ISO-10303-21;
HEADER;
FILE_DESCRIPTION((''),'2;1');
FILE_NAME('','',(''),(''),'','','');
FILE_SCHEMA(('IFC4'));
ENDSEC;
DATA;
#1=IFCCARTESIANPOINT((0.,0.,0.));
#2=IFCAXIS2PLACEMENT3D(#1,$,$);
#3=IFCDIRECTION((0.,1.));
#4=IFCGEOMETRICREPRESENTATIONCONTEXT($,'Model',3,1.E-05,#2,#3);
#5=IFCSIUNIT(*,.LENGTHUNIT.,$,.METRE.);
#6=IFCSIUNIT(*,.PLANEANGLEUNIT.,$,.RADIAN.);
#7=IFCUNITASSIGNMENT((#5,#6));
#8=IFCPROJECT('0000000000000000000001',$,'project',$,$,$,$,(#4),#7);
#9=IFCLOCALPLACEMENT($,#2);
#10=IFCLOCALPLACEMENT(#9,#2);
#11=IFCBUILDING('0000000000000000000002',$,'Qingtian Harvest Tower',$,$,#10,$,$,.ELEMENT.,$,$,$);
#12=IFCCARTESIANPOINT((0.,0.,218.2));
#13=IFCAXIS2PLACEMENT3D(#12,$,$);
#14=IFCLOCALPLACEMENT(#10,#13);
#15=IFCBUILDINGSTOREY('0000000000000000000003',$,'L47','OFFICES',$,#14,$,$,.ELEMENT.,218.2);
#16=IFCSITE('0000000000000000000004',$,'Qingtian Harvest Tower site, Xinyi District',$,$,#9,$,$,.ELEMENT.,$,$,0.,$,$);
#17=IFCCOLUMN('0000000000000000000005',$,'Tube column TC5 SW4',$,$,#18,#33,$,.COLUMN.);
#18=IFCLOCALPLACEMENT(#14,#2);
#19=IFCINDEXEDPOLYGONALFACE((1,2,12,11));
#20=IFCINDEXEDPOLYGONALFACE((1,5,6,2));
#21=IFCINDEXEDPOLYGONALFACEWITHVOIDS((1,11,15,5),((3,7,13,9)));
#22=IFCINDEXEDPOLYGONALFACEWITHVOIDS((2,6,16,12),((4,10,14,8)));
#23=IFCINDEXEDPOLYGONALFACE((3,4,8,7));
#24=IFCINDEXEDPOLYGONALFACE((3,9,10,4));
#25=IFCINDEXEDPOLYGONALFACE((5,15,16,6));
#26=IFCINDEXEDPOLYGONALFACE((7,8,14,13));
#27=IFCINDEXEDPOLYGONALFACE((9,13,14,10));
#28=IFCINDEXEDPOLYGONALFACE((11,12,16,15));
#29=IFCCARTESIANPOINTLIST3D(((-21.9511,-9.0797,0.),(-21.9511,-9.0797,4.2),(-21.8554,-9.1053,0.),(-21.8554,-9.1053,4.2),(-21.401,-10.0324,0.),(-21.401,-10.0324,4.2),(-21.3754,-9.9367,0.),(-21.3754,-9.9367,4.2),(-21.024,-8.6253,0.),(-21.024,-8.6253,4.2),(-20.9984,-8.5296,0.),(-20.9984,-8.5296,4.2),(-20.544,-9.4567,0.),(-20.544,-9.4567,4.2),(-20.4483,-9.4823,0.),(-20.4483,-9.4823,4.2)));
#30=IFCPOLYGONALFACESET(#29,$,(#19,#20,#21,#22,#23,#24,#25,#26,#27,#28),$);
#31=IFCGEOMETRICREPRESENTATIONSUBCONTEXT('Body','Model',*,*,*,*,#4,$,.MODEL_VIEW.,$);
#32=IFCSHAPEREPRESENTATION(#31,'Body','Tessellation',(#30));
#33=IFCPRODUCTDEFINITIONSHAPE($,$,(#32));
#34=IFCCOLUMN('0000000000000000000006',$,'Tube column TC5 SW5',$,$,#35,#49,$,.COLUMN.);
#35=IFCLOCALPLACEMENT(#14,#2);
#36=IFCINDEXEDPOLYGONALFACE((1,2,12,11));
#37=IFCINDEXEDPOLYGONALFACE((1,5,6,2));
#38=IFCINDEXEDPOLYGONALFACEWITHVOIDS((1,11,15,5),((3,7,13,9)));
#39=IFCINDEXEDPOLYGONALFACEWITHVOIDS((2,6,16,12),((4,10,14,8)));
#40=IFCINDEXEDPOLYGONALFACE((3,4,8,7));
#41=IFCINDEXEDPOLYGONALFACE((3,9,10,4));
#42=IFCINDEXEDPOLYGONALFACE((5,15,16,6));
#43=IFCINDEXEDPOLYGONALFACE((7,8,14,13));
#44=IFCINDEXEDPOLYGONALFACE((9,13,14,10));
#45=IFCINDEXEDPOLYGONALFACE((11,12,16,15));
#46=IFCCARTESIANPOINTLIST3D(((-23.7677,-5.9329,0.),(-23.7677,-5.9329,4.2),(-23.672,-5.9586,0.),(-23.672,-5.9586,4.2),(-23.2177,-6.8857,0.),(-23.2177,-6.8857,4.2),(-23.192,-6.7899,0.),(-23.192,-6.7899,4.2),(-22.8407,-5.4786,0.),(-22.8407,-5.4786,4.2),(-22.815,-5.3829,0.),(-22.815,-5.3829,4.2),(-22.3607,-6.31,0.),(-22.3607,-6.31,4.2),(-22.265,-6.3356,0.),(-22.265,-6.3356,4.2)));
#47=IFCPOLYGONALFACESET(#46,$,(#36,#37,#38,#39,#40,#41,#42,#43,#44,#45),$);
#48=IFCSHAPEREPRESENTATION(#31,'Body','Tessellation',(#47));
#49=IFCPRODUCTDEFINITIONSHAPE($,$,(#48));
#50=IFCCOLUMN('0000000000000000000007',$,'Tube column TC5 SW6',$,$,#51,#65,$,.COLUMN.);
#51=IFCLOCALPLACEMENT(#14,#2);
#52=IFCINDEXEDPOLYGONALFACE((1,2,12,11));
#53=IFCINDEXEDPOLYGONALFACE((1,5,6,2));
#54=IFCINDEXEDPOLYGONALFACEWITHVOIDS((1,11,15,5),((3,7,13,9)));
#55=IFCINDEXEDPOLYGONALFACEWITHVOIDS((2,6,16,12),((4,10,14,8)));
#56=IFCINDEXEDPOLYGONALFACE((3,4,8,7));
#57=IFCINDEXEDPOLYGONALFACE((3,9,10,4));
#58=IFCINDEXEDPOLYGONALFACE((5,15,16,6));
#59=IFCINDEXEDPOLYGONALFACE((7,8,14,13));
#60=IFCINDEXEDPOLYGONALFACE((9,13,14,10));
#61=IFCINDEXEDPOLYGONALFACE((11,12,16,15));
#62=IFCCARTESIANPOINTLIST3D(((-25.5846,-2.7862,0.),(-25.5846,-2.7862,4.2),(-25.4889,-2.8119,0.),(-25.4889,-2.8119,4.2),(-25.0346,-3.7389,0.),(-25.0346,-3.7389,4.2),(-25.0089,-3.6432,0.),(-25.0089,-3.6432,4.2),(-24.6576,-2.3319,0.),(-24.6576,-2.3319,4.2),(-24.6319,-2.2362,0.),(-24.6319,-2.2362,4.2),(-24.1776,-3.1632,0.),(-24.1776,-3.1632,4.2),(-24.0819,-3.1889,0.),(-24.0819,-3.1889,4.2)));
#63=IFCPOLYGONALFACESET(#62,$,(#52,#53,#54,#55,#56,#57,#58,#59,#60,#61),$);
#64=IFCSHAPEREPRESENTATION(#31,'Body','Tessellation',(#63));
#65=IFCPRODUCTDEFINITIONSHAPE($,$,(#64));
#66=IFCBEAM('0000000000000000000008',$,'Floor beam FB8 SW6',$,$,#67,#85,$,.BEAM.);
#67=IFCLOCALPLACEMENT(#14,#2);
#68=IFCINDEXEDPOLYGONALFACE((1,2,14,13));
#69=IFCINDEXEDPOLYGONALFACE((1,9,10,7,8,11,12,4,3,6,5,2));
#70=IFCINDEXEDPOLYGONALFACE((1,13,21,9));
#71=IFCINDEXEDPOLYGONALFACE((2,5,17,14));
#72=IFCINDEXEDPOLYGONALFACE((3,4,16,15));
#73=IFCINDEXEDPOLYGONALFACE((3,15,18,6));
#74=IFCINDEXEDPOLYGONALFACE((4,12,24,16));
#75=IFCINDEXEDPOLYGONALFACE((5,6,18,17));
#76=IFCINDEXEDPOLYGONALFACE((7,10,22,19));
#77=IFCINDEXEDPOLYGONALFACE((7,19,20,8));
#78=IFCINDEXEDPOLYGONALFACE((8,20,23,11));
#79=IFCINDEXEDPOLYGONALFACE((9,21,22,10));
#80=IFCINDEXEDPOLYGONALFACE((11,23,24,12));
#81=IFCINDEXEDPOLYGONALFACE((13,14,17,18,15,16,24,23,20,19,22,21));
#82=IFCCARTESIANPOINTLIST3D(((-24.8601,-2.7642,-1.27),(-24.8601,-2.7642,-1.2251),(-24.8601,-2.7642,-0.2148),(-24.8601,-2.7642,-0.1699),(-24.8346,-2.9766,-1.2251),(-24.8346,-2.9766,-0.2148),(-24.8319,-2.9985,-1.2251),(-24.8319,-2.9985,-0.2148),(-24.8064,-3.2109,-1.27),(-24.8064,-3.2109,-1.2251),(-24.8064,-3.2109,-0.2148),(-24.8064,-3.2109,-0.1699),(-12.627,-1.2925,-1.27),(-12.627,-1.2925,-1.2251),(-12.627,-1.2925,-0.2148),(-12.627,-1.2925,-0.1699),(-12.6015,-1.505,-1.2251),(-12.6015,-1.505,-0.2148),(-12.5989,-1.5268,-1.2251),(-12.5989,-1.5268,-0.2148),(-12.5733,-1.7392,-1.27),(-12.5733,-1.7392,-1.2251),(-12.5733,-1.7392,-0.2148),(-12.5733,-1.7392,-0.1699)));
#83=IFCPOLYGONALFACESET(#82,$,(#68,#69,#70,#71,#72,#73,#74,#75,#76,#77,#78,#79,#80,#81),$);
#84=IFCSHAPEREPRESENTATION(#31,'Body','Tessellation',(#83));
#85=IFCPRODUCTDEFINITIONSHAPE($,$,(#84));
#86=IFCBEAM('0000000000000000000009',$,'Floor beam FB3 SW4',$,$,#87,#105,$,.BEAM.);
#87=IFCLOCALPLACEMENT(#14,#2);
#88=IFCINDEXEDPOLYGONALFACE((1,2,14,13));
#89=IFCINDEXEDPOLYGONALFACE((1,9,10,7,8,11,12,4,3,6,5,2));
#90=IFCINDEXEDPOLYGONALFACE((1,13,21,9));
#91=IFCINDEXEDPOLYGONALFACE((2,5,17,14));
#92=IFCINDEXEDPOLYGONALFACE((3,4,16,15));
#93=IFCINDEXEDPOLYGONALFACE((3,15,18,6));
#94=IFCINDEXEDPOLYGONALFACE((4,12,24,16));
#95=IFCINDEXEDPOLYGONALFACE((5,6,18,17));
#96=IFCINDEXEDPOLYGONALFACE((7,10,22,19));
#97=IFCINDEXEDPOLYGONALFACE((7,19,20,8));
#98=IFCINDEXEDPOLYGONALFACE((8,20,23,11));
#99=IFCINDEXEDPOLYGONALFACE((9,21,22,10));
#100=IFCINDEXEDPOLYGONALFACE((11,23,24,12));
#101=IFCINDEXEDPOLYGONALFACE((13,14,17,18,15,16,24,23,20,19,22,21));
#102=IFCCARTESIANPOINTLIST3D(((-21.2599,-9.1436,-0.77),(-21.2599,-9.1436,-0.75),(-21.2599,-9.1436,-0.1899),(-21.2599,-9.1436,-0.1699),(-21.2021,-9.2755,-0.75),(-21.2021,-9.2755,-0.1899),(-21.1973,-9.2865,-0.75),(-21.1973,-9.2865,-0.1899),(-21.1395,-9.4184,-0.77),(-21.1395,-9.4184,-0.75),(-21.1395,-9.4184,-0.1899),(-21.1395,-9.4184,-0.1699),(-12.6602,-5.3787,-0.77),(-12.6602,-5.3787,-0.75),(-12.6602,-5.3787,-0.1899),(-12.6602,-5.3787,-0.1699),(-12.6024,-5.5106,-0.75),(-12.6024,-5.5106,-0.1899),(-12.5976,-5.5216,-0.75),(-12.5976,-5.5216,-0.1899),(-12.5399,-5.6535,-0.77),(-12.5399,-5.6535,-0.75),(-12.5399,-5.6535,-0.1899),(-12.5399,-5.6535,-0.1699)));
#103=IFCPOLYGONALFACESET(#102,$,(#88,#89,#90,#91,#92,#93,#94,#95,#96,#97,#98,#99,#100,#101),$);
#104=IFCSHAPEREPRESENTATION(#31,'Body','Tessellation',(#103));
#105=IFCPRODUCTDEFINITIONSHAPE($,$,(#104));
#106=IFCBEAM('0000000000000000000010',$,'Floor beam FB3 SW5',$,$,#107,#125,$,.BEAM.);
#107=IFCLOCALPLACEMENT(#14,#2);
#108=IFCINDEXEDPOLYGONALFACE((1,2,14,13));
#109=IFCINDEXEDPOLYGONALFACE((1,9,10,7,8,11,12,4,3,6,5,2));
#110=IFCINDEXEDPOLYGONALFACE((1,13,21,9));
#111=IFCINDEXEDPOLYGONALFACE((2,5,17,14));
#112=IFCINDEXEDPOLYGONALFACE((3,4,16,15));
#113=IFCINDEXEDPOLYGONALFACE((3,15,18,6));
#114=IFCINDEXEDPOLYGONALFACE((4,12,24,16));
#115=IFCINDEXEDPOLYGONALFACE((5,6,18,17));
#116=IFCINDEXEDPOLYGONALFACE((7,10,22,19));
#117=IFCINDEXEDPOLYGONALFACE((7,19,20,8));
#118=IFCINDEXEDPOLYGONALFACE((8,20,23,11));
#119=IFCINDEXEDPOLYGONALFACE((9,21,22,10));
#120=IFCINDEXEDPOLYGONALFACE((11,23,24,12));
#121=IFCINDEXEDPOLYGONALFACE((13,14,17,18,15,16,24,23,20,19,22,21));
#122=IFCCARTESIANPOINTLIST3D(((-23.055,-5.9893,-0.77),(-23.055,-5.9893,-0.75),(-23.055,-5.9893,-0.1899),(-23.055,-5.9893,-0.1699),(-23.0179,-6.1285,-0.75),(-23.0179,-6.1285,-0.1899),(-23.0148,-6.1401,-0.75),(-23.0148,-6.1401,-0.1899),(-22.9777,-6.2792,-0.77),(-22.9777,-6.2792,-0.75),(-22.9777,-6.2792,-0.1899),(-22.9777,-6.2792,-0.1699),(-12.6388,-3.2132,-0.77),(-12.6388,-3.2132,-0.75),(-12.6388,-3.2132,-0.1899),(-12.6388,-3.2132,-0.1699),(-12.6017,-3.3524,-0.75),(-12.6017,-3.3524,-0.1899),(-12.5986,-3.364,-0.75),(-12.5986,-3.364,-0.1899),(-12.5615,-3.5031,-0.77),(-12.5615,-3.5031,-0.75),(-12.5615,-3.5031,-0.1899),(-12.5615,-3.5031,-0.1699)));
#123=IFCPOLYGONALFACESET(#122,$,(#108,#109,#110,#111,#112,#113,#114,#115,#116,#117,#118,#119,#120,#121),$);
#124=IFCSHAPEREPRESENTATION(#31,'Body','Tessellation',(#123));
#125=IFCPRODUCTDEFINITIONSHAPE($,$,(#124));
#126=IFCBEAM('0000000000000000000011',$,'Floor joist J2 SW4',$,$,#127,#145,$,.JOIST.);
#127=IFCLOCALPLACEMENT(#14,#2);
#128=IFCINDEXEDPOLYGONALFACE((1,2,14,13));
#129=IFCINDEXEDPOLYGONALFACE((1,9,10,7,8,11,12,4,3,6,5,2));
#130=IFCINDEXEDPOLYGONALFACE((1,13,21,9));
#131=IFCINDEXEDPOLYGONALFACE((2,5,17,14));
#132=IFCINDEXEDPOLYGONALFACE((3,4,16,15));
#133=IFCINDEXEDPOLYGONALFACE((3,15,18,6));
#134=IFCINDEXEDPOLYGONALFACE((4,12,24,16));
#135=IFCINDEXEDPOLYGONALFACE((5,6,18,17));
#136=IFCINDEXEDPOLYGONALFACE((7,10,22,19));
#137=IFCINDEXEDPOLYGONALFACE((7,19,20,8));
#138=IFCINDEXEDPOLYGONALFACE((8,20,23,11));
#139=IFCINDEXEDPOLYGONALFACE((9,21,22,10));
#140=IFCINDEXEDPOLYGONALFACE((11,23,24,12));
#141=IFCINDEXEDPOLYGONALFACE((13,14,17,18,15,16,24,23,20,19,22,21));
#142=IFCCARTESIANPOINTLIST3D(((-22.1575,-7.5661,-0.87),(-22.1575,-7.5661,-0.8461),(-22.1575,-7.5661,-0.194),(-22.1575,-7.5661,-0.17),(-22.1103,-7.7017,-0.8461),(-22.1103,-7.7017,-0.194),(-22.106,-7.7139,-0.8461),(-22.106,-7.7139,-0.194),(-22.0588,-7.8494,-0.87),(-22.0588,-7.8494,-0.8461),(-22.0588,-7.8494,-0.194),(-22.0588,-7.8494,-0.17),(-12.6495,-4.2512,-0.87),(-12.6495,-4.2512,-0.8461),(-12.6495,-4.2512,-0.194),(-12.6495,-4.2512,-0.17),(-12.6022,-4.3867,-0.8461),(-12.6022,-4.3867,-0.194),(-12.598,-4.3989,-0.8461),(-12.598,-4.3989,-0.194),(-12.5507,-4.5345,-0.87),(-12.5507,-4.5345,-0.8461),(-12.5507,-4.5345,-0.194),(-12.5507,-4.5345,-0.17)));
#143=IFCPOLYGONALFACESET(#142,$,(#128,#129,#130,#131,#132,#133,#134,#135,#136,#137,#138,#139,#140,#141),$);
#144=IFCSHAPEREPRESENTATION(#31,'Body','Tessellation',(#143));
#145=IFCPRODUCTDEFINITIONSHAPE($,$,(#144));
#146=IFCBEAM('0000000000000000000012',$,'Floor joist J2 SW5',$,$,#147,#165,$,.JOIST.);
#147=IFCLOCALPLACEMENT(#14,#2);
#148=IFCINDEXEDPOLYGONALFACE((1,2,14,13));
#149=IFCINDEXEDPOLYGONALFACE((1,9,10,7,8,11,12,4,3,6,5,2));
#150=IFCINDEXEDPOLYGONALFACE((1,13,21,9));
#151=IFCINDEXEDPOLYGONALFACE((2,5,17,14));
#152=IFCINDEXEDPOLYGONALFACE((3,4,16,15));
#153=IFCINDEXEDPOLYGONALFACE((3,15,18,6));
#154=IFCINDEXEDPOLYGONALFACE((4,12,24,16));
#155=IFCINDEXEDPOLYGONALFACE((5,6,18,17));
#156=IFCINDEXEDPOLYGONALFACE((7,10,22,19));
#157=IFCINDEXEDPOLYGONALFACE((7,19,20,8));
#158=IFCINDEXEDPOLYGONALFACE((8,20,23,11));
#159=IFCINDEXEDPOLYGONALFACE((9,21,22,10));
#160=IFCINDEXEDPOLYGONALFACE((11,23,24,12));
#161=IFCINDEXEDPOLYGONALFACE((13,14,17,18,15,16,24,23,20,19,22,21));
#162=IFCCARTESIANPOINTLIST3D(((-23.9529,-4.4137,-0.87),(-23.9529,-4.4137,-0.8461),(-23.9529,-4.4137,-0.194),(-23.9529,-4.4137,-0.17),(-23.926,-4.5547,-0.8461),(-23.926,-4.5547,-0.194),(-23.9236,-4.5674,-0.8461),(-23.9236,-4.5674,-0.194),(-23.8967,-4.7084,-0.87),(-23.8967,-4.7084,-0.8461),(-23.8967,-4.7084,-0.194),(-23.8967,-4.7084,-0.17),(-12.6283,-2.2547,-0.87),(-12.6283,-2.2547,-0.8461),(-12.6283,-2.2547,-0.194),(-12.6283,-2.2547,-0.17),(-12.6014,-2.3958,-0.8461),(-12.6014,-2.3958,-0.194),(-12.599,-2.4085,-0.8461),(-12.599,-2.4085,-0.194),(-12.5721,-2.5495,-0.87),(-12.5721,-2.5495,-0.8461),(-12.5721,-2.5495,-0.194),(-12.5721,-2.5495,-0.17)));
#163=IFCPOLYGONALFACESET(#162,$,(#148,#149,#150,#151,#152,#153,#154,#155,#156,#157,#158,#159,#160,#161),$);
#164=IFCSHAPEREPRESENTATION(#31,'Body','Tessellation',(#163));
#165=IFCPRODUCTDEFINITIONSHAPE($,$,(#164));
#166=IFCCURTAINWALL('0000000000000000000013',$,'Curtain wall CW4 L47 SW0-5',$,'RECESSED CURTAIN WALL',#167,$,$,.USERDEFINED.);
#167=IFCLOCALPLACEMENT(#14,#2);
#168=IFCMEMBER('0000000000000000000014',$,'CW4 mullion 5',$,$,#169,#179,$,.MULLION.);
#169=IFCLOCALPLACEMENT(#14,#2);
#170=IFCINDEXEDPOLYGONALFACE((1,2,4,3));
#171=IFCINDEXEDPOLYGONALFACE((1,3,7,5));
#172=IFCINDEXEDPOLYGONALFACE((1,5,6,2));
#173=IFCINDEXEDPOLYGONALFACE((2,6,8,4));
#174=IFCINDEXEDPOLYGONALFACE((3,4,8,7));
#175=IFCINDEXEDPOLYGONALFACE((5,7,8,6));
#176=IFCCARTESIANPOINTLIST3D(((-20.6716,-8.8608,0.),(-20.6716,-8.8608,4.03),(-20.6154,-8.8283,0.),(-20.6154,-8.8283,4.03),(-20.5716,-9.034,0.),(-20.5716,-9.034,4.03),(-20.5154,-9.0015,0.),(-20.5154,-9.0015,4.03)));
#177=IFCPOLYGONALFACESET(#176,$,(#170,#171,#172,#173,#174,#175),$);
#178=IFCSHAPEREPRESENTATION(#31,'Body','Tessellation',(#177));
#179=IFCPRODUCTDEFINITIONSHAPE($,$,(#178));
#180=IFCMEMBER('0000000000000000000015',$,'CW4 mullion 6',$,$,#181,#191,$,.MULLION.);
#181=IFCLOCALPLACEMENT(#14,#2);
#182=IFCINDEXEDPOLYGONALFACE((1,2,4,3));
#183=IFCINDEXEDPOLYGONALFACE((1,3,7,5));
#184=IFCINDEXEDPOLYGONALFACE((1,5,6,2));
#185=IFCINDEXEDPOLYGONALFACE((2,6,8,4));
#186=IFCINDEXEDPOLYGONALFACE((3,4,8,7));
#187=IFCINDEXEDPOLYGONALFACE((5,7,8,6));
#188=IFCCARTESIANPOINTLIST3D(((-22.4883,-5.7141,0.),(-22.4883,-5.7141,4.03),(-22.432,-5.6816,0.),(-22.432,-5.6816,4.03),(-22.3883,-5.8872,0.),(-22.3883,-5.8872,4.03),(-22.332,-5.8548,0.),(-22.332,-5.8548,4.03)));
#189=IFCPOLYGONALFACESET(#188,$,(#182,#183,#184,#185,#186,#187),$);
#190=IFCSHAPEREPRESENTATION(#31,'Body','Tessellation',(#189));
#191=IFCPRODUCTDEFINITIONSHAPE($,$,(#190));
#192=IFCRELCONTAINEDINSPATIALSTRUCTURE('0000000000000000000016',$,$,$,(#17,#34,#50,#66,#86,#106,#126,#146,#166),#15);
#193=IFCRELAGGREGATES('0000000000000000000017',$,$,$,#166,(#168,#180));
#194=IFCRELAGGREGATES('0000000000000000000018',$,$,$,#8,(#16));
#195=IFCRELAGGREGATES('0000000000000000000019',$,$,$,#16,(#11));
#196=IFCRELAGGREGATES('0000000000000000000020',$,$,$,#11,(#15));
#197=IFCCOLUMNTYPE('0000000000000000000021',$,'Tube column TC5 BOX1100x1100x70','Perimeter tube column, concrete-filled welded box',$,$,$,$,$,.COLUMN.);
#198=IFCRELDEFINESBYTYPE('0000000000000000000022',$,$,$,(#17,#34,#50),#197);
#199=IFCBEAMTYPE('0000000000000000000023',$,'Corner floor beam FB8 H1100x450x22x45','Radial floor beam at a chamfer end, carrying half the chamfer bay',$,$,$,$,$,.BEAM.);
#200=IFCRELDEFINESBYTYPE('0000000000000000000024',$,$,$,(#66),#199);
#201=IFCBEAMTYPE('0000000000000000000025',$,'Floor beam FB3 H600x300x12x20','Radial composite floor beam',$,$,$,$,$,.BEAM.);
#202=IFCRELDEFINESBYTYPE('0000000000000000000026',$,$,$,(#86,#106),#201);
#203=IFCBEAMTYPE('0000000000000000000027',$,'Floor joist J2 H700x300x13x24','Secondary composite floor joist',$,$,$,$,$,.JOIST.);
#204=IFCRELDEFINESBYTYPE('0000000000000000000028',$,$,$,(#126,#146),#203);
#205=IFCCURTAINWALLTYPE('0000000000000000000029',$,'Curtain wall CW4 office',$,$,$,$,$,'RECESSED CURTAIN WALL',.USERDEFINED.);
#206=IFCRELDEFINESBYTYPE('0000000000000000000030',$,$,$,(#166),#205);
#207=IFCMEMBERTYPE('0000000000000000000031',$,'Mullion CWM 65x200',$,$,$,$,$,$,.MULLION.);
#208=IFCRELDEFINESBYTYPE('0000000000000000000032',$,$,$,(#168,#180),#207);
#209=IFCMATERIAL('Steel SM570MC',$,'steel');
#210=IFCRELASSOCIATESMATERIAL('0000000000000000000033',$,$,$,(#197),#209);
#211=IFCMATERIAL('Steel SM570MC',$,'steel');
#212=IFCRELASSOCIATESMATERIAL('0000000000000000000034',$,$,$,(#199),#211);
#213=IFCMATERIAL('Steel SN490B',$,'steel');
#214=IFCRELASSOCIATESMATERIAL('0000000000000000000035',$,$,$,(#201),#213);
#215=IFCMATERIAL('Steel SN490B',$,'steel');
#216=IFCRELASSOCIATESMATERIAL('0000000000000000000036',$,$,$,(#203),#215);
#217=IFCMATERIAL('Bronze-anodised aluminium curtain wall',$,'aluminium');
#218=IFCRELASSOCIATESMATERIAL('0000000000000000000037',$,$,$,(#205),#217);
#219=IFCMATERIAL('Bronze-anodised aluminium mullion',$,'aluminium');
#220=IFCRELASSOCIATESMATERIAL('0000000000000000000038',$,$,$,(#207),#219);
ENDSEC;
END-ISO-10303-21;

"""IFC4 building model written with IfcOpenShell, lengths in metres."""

from ifc_helpers import new_model, si_unit, direction, frame, origin, origin_2d, place, context, subcontext, project, spatial, rectangle, hollow_rectangle, i_section, extrude, material, material_profile, profile_set, type_object, element, aggregate, save


model = new_model("IFC4")

# Units and contexts
model_context = context("Model", 3, precision=1e-05, world=origin(), true_north=direction((0.0, 1.0)))
body_context = subcontext(model_context, "Body", "Model", "MODEL_VIEW")
ifc_project = project(units=[si_unit("LENGTHUNIT", "METRE"), si_unit("PLANEANGLEUNIT", "RADIAN")], contexts=[model_context])

# Site, building, storey
site_placement = place(None, origin())
site = spatial("IfcSite", under=ifc_project, at=site_placement, Name="Qingtian Harvest Tower site, Xinyi District", CompositionType="ELEMENT", RefElevation=0.0)
building_placement = place(site_placement, origin())
building = spatial("IfcBuilding", under=site, at=building_placement, Name="Qingtian Harvest Tower", CompositionType="ELEMENT")
storey_placement = place(building_placement, frame((0.0, 0.0, 218.2)))
storey = spatial("IfcBuildingStorey", under=building, at=storey_placement, Name="L47", Description="OFFICES", CompositionType="ELEMENT", Elevation=218.2)

# Columns
ifc_material_1 = material(Name="Steel SM570MC", Category="steel")
ifc_material_profile_1 = material_profile(ifc_material_1, hollow_rectangle(XDim=1.1001, YDim=1.1001, WallThickness=0.0701, at=origin_2d()), Name="BOX1100x1100x70")
ifc_profile_set_1 = profile_set([ifc_material_profile_1], Name="Steel SM570MC")
column_type = type_object("IfcColumnType", Name="Tube column TC5 BOX1100x1100x70", Description="Perimeter tube column, concrete-filled welded box", PredefinedType="COLUMN", material=ifc_profile_set_1)
for number, where, z_axis, x_axis, name in (
    (1, (-21.1997, -9.281, 0.0), (0.0, 0.0, 1.0), (0.5, -0.866025, 0.0), "Tube column TC5 SW4"),
    (2, (-23.0164, -6.1343, 0.0), (0.0, 0.0, 1.0), (0.5, -0.866025, 0.0), "Tube column TC5 SW5"),
    (3, (-24.8333, -2.9875, 0.0), (0.0, 0.0, 1.0), (0.5, -0.866025, 0.0), "Tube column TC5 SW6"),
):
    element("IfcColumn", number, at=place(storey_placement, frame(where, z_axis=z_axis, x_axis=x_axis)), inside=storey, type_object=column_type, Name=name, PredefinedType="COLUMN", context=body_context, shape_type="SweptSolid", body=[
        extrude(hollow_rectangle(XDim=1.1001, YDim=1.1001, WallThickness=0.0701, at=origin_2d()), origin(), (0.0, 0.0, 1.0), 4.2),
    ])

# Beams
ifc_material_2 = material(Name="Steel SM570MC", Category="steel")
ifc_material_profile_2 = material_profile(ifc_material_2, i_section(OverallWidth=0.45, OverallDepth=1.1001, WebThickness=0.022, FlangeThickness=0.0449, at=origin_2d()), Name="H1100x450x22x45")
ifc_profile_set_2 = profile_set([ifc_material_profile_2], Name="Steel SM570MC")
beam_type_1 = type_object("IfcBeamType", Name="Corner floor beam FB8 H1100x450x22x45", Description="Radial floor beam at a chamfer end, carrying half the chamfer bay", PredefinedType="BEAM", material=ifc_profile_set_2)
beam_1_placement = place(storey_placement, frame((-24.8333, -2.9875, -0.72), z_axis=(0.992841, 0.119441, 0.0), x_axis=(-0.119441, 0.992841, 0.0)))
element("IfcBeam", 4, at=beam_1_placement, inside=storey, type_object=beam_type_1, Name="Floor beam FB8 SW6", PredefinedType="BEAM", context=body_context, shape_type="SweptSolid", body=[
    extrude(i_section(OverallWidth=0.45, OverallDepth=1.1001, WebThickness=0.022, FlangeThickness=0.0449, at=origin_2d()), origin(), (0.0, 0.0, 1.0), 12.3213),
])
ifc_material_3 = material(Name="Steel SN490B", Category="steel")
ifc_material_profile_3 = material_profile(ifc_material_3, i_section(OverallWidth=0.3, OverallDepth=0.6001, WebThickness=0.012, FlangeThickness=0.02, at=origin_2d()), Name="H600x300x12x20")
ifc_profile_set_3 = profile_set([ifc_material_profile_3], Name="Steel SN490B")
beam_type_2 = type_object("IfcBeamType", Name="Floor beam FB3 H600x300x12x20", Description="Radial composite floor beam", PredefinedType="BEAM", material=ifc_profile_set_3)
beam_2_placement = place(storey_placement, frame((-21.1997, -9.281, -0.47), z_axis=(0.916057, 0.401048, 0.0), x_axis=(-0.401048, 0.916057, 0.0)))
element("IfcBeam", 5, at=beam_2_placement, inside=storey, type_object=beam_type_2, Name="Floor beam FB3 SW4", PredefinedType="BEAM", context=body_context, shape_type="SweptSolid", body=[
    extrude(i_section(OverallWidth=0.3, OverallDepth=0.6001, WebThickness=0.012, FlangeThickness=0.02, at=origin_2d()), origin(), (0.0, 0.0, 1.0), 9.3877),
])
beam_3_placement = place(storey_placement, frame((-23.0164, -6.1343, -0.47), z_axis=(0.966271, 0.257529, 0.0), x_axis=(-0.257529, 0.966271, 0.0)))
element("IfcBeam", 6, at=beam_3_placement, inside=storey, type_object=beam_type_2, Name="Floor beam FB3 SW5", PredefinedType="BEAM", context=body_context, shape_type="SweptSolid", body=[
    extrude(i_section(OverallWidth=0.3, OverallDepth=0.6001, WebThickness=0.012, FlangeThickness=0.02, at=origin_2d()), origin(), (0.0, 0.0, 1.0), 10.7798),
])
ifc_material_4 = material(Name="Steel SN490B", Category="steel")
ifc_material_profile_4 = material_profile(ifc_material_4, i_section(OverallWidth=0.3, OverallDepth=0.7, WebThickness=0.0129, FlangeThickness=0.0239, at=origin_2d()), Name="H700x300x13x24")
ifc_profile_set_4 = profile_set([ifc_material_profile_4], Name="Steel SN490B")
beam_type_3 = type_object("IfcBeamType", Name="Floor joist J2 H700x300x13x24", Description="Secondary composite floor joist", PredefinedType="JOIST", material=ifc_profile_set_4)
beam_4_placement = place(storey_placement, frame((-22.1082, -7.7078, -0.52), z_axis=(0.944256, 0.329211, 0.0), x_axis=(-0.329211, 0.944256, 0.0)))
element("IfcBeam", 7, at=beam_4_placement, inside=storey, type_object=beam_type_3, Name="Floor joist J2 SW4", PredefinedType="JOIST", context=body_context, shape_type="SweptSolid", body=[
    extrude(i_section(OverallWidth=0.3, OverallDepth=0.7, WebThickness=0.0129, FlangeThickness=0.0239, at=origin_2d()), origin(), (0.0, 0.0, 1.0), 10.0693),
])
beam_5_placement = place(storey_placement, frame((-23.9248, -4.561, -0.52), z_axis=(0.982309, 0.187267, 0.0), x_axis=(-0.187267, 0.982309, 0.0)))
element("IfcBeam", 8, at=beam_5_placement, inside=storey, type_object=beam_type_3, Name="Floor joist J2 SW5", PredefinedType="JOIST", context=body_context, shape_type="SweptSolid", body=[
    extrude(i_section(OverallWidth=0.3, OverallDepth=0.7, WebThickness=0.0129, FlangeThickness=0.0239, at=origin_2d()), origin(), (0.0, 0.0, 1.0), 11.5286),
])

# Curtain wall, members
ifc_material_5 = material(Name="Bronze-anodised aluminium curtain wall", Category="aluminium")
curtain_wall_type = type_object("IfcCurtainWallType", Name="Curtain wall CW4 office", ElementType="RECESSED CURTAIN WALL", PredefinedType="USERDEFINED", material=ifc_material_5)
curtain_wall_1_placement = place(storey_placement, origin())
curtain_wall_1 = element("IfcCurtainWall", 9, at=curtain_wall_1_placement, inside=storey, type_object=curtain_wall_type, Name="Curtain wall CW4 L47 SW0-5", ObjectType="RECESSED CURTAIN WALL", PredefinedType="USERDEFINED")
ifc_material_6 = material(Name="Bronze-anodised aluminium mullion", Category="aluminium")
ifc_material_profile_5 = material_profile(ifc_material_6, rectangle(XDim=0.0649, YDim=0.2, at=origin_2d()), Name="AL 65x200")
ifc_profile_set_5 = profile_set([ifc_material_profile_5], Name="Bronze-anodised aluminium mullion")
member_type_1 = type_object("IfcMemberType", Name="Mullion CWM 65x200", PredefinedType="MULLION", material=ifc_profile_set_5)
member_1_placement = place(storey_placement, frame((-20.5935, -8.9312, 0.0), z_axis=(0.0, 0.0, 1.0), x_axis=(-0.866025, -0.5, 0.0)))
member_1 = element("IfcMember", 10, at=member_1_placement, type_object=member_type_1, Name="CW4 mullion 5", PredefinedType="MULLION", context=body_context, shape_type="SweptSolid", body=[
    extrude(rectangle(XDim=0.0649, YDim=0.2, at=origin_2d()), origin(), (0.0, 0.0, 1.0), 4.03),
])
member_2_placement = place(storey_placement, frame((-22.4102, -5.7844, 0.0), z_axis=(0.0, 0.0, 1.0), x_axis=(-0.866025, -0.5, 0.0)))
member_2 = element("IfcMember", 11, at=member_2_placement, type_object=member_type_1, Name="CW4 mullion 6", PredefinedType="MULLION", context=body_context, shape_type="SweptSolid", body=[
    extrude(rectangle(XDim=0.0649, YDim=0.2, at=origin_2d()), origin(), (0.0, 0.0, 1.0), 4.03),
])

aggregate(curtain_wall_1, [member_1, member_2])

save(model, "model.ifc")
